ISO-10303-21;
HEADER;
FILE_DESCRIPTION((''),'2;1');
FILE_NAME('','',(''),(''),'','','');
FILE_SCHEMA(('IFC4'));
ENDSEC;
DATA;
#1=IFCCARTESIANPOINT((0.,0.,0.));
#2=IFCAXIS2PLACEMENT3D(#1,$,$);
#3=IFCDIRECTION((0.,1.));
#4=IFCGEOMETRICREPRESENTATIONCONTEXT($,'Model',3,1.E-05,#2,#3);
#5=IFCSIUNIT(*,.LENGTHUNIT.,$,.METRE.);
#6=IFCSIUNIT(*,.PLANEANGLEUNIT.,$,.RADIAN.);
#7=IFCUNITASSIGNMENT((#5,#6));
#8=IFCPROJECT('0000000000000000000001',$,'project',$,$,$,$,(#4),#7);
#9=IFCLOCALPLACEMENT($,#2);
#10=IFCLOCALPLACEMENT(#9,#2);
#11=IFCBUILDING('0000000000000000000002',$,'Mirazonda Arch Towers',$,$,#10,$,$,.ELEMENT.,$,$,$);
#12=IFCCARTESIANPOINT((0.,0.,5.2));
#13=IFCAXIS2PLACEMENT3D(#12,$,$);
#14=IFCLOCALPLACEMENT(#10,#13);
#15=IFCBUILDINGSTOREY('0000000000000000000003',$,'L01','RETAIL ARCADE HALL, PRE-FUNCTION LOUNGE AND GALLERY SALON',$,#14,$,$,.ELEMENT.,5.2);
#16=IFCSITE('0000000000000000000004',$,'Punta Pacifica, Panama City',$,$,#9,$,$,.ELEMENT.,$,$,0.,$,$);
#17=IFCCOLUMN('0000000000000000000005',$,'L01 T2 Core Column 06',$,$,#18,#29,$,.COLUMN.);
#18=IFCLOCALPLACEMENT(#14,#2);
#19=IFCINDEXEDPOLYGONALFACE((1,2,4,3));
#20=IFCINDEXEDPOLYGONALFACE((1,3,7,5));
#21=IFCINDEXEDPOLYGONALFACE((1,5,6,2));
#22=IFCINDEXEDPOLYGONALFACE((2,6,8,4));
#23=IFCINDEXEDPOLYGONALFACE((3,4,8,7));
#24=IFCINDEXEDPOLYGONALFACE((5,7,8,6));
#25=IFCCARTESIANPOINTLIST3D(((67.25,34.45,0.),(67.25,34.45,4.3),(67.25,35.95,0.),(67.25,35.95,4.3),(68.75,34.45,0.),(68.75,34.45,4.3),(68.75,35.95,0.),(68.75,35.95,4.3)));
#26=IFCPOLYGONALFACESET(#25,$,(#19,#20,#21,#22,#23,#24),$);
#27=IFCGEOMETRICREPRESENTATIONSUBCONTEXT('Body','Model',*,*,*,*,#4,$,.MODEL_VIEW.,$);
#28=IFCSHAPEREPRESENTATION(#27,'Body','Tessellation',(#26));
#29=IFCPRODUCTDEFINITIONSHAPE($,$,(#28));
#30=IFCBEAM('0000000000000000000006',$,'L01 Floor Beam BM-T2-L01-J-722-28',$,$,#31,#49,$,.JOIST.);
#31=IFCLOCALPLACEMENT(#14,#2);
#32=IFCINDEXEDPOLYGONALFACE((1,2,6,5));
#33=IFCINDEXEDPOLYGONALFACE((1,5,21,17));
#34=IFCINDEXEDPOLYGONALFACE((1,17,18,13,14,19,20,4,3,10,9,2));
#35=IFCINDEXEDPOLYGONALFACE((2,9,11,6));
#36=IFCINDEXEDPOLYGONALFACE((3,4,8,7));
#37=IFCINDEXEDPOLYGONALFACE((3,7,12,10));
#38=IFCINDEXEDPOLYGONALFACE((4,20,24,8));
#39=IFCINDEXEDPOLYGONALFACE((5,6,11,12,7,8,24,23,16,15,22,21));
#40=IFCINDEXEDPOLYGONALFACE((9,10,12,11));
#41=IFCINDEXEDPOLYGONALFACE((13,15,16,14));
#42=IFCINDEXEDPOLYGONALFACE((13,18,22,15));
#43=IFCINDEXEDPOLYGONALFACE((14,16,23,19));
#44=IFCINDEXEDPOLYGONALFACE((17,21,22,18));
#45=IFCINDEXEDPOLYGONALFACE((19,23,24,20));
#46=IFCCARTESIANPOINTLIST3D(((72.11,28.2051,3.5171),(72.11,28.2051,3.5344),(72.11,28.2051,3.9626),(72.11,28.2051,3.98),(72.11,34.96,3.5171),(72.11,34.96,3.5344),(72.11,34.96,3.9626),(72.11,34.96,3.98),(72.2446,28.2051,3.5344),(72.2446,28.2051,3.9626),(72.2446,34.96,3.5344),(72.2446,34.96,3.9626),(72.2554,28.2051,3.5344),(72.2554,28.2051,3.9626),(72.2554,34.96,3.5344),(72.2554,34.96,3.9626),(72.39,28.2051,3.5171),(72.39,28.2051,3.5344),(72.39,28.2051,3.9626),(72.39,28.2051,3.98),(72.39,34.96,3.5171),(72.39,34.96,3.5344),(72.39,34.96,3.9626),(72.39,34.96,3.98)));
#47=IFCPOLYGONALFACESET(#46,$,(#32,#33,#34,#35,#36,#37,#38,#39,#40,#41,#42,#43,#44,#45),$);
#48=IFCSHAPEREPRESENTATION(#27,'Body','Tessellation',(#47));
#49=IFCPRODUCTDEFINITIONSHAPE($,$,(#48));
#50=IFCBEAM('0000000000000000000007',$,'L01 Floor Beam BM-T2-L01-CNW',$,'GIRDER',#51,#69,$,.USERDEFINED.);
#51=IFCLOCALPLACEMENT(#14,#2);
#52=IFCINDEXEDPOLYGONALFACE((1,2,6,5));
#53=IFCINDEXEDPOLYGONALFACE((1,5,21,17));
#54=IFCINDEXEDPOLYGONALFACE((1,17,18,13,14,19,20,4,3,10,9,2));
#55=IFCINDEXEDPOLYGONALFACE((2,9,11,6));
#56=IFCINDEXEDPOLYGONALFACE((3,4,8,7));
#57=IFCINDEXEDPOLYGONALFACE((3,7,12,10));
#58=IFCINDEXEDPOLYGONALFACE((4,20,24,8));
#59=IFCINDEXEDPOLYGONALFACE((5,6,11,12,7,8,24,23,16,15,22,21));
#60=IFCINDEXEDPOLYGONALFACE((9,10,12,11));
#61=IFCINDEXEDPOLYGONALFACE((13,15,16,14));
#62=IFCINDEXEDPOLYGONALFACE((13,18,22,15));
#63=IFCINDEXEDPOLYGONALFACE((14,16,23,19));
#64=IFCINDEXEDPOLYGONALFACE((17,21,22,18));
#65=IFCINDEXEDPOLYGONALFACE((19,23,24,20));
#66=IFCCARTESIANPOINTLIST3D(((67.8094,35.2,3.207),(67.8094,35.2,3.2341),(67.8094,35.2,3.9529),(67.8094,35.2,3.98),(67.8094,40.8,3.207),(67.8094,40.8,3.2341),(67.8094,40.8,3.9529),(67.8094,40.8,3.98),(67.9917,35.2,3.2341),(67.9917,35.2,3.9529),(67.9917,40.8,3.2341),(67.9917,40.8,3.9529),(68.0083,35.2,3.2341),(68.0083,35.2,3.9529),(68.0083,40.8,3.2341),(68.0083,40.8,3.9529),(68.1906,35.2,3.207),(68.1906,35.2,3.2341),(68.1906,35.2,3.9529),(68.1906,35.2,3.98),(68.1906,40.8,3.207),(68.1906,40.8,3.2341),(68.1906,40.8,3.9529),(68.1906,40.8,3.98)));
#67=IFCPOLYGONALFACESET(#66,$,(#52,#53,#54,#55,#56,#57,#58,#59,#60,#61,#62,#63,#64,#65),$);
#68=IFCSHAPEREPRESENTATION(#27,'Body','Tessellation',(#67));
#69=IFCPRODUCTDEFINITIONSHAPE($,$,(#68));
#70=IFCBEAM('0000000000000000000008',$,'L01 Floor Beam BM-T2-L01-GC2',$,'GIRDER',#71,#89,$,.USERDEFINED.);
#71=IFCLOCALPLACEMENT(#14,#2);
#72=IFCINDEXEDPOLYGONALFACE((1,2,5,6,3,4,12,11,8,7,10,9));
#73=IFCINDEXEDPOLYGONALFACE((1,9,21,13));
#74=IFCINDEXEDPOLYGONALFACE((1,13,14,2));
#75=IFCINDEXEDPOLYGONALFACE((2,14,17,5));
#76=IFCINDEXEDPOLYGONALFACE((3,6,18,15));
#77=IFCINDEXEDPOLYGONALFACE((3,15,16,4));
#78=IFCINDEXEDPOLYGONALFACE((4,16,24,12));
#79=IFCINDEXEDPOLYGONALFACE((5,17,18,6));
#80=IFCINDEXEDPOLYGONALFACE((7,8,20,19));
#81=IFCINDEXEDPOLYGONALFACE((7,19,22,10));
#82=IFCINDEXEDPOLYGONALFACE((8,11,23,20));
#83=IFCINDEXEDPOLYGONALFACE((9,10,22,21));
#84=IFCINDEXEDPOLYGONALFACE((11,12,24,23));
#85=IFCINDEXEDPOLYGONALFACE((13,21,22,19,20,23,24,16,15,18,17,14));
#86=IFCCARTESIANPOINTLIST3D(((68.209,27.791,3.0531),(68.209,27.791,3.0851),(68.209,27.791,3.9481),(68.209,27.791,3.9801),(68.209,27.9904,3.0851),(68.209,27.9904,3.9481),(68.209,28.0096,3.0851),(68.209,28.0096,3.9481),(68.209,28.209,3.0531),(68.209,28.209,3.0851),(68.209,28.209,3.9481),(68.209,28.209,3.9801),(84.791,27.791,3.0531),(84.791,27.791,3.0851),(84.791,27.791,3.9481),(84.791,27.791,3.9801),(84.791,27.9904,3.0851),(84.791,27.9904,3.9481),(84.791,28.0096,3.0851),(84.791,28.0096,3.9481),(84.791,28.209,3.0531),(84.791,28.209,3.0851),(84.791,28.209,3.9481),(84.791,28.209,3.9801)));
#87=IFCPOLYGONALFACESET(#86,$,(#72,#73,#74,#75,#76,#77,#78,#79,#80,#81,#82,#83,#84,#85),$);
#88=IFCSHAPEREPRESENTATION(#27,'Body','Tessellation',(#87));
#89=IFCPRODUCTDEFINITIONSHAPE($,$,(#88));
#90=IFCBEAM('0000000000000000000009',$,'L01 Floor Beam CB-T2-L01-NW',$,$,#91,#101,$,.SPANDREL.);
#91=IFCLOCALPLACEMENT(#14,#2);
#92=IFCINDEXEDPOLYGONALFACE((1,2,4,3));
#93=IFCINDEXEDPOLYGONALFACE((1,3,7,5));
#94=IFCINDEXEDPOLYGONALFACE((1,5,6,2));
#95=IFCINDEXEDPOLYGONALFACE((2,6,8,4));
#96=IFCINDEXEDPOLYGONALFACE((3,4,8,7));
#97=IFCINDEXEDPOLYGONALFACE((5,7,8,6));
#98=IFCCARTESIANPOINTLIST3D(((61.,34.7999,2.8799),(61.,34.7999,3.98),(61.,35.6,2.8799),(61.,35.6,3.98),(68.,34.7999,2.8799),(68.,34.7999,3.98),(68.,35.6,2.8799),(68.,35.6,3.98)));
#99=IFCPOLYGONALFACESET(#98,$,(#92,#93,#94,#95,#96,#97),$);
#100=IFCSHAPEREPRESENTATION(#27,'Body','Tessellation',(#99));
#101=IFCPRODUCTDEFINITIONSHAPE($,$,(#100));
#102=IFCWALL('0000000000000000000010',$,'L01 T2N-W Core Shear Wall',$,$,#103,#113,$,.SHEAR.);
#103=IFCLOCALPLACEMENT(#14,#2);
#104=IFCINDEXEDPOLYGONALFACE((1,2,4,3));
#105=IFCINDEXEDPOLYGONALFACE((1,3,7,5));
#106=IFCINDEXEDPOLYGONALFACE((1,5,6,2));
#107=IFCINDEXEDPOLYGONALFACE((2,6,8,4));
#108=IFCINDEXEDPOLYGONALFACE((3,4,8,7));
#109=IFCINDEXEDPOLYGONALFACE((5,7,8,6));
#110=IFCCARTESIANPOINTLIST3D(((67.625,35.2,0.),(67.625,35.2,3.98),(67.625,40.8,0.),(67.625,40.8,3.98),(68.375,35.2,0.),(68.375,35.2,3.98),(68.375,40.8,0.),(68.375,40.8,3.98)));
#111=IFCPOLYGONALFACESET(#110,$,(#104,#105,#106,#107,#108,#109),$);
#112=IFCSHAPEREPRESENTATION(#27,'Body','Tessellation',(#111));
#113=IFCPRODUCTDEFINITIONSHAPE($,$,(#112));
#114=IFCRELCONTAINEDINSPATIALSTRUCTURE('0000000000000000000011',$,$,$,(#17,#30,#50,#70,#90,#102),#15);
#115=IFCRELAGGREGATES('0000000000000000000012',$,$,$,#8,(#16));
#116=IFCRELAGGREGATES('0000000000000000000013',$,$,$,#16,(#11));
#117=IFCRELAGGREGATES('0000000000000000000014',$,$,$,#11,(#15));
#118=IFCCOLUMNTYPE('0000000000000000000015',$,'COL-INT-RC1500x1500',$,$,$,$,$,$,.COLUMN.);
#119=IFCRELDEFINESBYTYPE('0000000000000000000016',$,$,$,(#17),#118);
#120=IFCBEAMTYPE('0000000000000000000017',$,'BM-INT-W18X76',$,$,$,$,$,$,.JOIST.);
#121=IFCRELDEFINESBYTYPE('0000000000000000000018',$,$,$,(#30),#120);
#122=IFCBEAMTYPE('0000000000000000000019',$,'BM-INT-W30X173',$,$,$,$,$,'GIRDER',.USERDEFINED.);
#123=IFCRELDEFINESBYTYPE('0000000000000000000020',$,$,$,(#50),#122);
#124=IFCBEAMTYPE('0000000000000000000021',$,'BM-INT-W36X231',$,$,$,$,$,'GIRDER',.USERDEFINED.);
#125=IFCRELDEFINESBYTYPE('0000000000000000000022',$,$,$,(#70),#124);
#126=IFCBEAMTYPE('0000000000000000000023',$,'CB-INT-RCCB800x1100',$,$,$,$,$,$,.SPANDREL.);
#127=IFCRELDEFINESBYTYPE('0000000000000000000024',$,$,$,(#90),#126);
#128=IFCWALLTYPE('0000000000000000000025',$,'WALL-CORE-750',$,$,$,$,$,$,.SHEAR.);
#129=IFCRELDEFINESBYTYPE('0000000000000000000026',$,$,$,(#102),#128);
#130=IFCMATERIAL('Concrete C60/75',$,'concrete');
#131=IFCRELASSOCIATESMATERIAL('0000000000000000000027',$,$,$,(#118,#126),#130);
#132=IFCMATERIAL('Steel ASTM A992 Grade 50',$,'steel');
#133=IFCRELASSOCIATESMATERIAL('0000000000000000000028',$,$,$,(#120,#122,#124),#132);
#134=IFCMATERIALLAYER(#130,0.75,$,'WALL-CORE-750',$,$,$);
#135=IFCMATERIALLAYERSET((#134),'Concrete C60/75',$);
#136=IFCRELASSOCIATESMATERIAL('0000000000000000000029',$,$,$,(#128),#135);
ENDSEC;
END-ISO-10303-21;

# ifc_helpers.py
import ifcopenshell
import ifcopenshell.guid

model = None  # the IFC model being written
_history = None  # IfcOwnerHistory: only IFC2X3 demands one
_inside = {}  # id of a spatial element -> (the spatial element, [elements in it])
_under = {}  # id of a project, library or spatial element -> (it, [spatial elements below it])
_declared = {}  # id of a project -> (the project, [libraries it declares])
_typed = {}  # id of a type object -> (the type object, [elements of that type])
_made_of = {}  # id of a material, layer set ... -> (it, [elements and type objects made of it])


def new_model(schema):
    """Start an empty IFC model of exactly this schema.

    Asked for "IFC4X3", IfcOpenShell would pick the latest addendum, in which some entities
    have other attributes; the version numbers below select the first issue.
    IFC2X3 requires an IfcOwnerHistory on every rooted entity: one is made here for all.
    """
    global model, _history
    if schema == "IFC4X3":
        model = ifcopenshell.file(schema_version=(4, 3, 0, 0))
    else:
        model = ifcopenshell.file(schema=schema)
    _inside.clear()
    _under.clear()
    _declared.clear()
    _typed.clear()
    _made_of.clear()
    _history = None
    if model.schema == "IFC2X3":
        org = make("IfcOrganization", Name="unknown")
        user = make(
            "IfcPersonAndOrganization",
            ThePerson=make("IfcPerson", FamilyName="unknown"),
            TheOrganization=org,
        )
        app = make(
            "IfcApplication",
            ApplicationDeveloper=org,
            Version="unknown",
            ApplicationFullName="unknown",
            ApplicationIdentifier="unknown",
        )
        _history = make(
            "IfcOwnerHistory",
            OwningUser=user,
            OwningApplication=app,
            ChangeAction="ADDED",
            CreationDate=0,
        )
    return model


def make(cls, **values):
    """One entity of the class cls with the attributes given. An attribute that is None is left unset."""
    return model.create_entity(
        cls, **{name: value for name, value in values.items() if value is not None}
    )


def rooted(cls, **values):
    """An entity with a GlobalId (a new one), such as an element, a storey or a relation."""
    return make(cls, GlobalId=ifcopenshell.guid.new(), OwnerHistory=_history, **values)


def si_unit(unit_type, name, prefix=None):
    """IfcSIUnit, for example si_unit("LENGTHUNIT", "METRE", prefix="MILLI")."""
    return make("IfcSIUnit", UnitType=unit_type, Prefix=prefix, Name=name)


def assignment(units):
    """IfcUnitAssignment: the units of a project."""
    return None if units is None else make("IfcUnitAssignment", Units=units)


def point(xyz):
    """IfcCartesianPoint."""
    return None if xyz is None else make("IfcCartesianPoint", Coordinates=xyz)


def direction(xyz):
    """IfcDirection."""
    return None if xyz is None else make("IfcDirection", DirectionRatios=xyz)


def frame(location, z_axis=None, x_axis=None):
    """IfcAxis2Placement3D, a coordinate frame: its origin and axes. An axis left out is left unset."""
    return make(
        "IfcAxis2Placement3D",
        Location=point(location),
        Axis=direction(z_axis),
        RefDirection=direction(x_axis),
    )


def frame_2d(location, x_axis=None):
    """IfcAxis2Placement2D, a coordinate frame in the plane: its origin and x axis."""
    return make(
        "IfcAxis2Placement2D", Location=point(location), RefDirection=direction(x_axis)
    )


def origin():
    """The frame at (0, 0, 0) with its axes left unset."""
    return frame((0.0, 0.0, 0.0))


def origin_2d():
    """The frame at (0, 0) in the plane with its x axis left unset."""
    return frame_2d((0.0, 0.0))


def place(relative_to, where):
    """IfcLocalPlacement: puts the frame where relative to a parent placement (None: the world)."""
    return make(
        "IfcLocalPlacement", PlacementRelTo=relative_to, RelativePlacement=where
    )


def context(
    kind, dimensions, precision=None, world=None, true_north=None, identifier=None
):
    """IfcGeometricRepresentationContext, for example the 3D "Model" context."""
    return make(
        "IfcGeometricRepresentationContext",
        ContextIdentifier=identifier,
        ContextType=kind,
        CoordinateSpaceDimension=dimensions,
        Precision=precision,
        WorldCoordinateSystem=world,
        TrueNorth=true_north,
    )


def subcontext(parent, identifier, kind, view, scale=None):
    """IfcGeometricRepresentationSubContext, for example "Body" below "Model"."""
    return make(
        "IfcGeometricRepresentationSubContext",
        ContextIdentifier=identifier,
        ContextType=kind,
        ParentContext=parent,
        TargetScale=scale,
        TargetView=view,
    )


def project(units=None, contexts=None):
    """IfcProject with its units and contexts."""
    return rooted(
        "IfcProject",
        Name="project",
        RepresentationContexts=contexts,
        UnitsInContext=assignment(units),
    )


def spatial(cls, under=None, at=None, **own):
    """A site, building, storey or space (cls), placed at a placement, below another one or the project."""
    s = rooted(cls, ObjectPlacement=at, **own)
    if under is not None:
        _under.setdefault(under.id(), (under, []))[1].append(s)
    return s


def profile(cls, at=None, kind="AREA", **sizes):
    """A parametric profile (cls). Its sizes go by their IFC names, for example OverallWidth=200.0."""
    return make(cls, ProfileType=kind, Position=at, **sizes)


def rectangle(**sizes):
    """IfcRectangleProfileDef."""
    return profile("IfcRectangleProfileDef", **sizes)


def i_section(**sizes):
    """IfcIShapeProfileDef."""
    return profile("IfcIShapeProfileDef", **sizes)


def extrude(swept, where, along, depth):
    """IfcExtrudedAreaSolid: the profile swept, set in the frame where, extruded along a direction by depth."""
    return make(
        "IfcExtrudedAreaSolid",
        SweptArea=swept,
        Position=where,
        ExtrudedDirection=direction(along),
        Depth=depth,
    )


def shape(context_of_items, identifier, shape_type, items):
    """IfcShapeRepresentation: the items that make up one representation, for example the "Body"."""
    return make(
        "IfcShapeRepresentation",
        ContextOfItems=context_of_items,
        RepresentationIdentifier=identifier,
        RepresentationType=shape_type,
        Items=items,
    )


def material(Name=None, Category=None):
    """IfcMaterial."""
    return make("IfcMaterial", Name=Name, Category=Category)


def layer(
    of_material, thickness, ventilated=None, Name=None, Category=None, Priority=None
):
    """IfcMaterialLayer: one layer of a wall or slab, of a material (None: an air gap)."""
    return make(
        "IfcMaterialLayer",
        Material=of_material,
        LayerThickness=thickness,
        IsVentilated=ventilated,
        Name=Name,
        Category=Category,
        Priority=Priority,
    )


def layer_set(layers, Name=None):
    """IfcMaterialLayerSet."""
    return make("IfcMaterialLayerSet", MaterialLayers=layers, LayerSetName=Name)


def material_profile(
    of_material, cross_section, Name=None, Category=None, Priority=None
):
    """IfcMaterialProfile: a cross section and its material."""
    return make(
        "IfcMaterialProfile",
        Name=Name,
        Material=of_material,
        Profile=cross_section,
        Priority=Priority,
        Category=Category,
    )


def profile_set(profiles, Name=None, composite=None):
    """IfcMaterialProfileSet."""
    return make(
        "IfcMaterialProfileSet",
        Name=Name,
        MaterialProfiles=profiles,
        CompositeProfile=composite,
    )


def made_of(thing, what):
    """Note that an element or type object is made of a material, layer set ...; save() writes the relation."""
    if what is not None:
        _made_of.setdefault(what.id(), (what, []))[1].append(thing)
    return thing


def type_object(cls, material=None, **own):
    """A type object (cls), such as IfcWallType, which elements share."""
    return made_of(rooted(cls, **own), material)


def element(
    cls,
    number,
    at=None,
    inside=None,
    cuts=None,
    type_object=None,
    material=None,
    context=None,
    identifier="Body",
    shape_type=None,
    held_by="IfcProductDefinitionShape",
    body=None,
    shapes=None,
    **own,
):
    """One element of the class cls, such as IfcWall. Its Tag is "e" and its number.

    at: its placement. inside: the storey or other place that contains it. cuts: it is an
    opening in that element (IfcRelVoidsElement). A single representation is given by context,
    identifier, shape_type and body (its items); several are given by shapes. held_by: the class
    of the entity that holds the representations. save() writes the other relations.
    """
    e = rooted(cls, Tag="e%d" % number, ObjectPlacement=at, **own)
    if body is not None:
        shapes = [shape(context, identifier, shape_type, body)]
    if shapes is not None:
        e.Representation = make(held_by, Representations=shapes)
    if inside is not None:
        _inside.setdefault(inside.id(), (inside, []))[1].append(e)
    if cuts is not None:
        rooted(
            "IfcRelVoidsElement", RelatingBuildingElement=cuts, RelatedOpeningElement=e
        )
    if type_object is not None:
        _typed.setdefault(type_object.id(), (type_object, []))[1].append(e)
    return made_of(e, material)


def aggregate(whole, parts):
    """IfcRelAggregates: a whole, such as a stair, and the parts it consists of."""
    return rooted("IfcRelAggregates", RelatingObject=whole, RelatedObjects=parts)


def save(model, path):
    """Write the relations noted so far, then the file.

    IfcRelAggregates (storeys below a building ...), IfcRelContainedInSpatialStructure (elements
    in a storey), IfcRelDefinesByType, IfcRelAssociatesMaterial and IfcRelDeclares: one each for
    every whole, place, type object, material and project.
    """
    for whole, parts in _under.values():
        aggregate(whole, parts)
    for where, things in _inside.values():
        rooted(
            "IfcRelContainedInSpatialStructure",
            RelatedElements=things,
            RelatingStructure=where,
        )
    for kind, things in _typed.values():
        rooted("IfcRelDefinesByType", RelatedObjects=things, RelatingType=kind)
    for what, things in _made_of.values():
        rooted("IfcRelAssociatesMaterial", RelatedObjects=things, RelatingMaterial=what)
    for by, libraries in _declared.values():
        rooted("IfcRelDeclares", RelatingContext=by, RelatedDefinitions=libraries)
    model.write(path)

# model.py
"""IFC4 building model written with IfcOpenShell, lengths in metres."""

from ifc_helpers import new_model, si_unit, direction, frame, frame_2d, origin, origin_2d, place, context, subcontext, project, spatial, rectangle, i_section, extrude, material, layer, layer_set, material_profile, profile_set, type_object, element, save


model = new_model("IFC4")

# Units and contexts
model_context = context("Model", 3, precision=1e-05, world=origin(), true_north=direction((0.0, 1.0)))
body_context = subcontext(model_context, "Body", "Model", "MODEL_VIEW")
ifc_project = project(units=[si_unit("LENGTHUNIT", "METRE"), si_unit("PLANEANGLEUNIT", "RADIAN")], contexts=[model_context])

# Site, building, storey
site_placement = place(None, origin())
site = spatial("IfcSite", under=ifc_project, at=site_placement, Name="Punta Pacifica, Panama City", CompositionType="ELEMENT", RefElevation=0.0)
building_placement = place(site_placement, origin())
building = spatial("IfcBuilding", under=site, at=building_placement, Name="Mirazonda Arch Towers", CompositionType="ELEMENT")
storey_placement = place(building_placement, frame((0.0, 0.0, 5.2)))
storey = spatial("IfcBuildingStorey", under=building, at=storey_placement, Name="L01", Description="RETAIL ARCADE HALL, PRE-FUNCTION LOUNGE AND GALLERY SALON", CompositionType="ELEMENT", Elevation=5.2)

# Column
ifc_material_1 = material(Name="Concrete C60/75", Category="concrete")
ifc_material_profile_1 = material_profile(ifc_material_1, rectangle(XDim=1.5, YDim=1.5, at=origin_2d()), Name="RC1500x1500")
ifc_profile_set_1 = profile_set([ifc_material_profile_1], Name="Concrete C60/75")
column_type = type_object("IfcColumnType", Name="COL-INT-RC1500x1500", PredefinedType="COLUMN", material=ifc_profile_set_1)
column_placement = place(storey_placement, frame((68.0, 35.2, 0.0), z_axis=(0.0, 0.0, 1.0), x_axis=(1.0, 0.0, 0.0)))
element("IfcColumn", 1, at=column_placement, inside=storey, type_object=column_type, Name="L01 T2 Core Column 06", PredefinedType="COLUMN", context=body_context, shape_type="SweptSolid", body=[
    extrude(rectangle(XDim=1.5, YDim=1.5, at=origin_2d()), origin(), (0.0, 0.0, 1.0), 4.3),
])

# Beams
ifc_material_2 = material(Name="Steel ASTM A992 Grade 50", Category="steel")
ifc_material_profile_2 = material_profile(ifc_material_2, i_section(OverallWidth=0.28, OverallDepth=0.4629, WebThickness=0.0107, FlangeThickness=0.0173, at=origin_2d()), Name="W18X76")
ifc_profile_set_2 = profile_set([ifc_material_profile_2], Name="Steel ASTM A992 Grade 50")
beam_type_1 = type_object("IfcBeamType", Name="BM-INT-W18X76", PredefinedType="JOIST", material=ifc_profile_set_2)
beam_1_placement = place(storey_placement, frame((72.25, 28.2051, 3.7485), z_axis=(0.0, 1.0, 0.0), x_axis=(-1.0, 0.0, 0.0)))
element("IfcBeam", 2, at=beam_1_placement, inside=storey, type_object=beam_type_1, Name="L01 Floor Beam BM-T2-L01-J-722-28", PredefinedType="JOIST", context=body_context, shape_type="SweptSolid", body=[
    extrude(i_section(OverallWidth=0.28, OverallDepth=0.4629, WebThickness=0.0107, FlangeThickness=0.0173, at=origin_2d()), origin(), (0.0, 0.0, 1.0), 6.7549),
])
ifc_material_profile_3 = material_profile(ifc_material_2, i_section(OverallWidth=0.3811, OverallDepth=0.7729, WebThickness=0.0166, FlangeThickness=0.0271, at=origin_2d()), Name="W30X173")
ifc_profile_set_3 = profile_set([ifc_material_profile_3], Name="Steel ASTM A992 Grade 50")
beam_type_2 = type_object("IfcBeamType", Name="BM-INT-W30X173", ElementType="GIRDER", PredefinedType="USERDEFINED", material=ifc_profile_set_3)
beam_2_placement = place(storey_placement, frame((68.0, 35.2, 3.5935), z_axis=(0.0, 1.0, 0.0), x_axis=(-1.0, 0.0, 0.0)))
element("IfcBeam", 3, at=beam_2_placement, inside=storey, type_object=beam_type_2, Name="L01 Floor Beam BM-T2-L01-CNW", ObjectType="GIRDER", PredefinedType="USERDEFINED", context=body_context, shape_type="SweptSolid", body=[
    extrude(i_section(OverallWidth=0.3811, OverallDepth=0.7729, WebThickness=0.0166, FlangeThickness=0.0271, at=origin_2d()), origin(), (0.0, 0.0, 1.0), 5.6001),
])
ifc_material_profile_4 = material_profile(ifc_material_2, i_section(OverallWidth=0.418, OverallDepth=0.927, WebThickness=0.0193, FlangeThickness=0.032, at=origin_2d()), Name="W36X231")
ifc_profile_set_4 = profile_set([ifc_material_profile_4], Name="Steel ASTM A992 Grade 50")
beam_type_3 = type_object("IfcBeamType", Name="BM-INT-W36X231", ElementType="GIRDER", PredefinedType="USERDEFINED", material=ifc_profile_set_4)
beam_3_placement = place(storey_placement, frame((68.209, 28.0, 3.5166), z_axis=(1.0, 0.0, 0.0), x_axis=(0.0, 1.0, 0.0)))
element("IfcBeam", 4, at=beam_3_placement, inside=storey, type_object=beam_type_3, Name="L01 Floor Beam BM-T2-L01-GC2", ObjectType="GIRDER", PredefinedType="USERDEFINED", context=body_context, shape_type="SweptSolid", body=[
    extrude(i_section(OverallWidth=0.418, OverallDepth=0.927, WebThickness=0.0193, FlangeThickness=0.032, at=origin_2d()), origin(), (0.0, 0.0, 1.0), 16.582),
])
ifc_material_profile_5 = material_profile(ifc_material_1, rectangle(XDim=0.8, YDim=1.1001, at=origin_2d()), Name="RCCB800x1100")
ifc_profile_set_5 = profile_set([ifc_material_profile_5], Name="Concrete C60/75")
beam_type_4 = type_object("IfcBeamType", Name="CB-INT-RCCB800x1100", PredefinedType="SPANDREL", material=ifc_profile_set_5)
beam_4_placement = place(storey_placement, frame((61.0, 35.2, 3.4299), z_axis=(1.0, 0.0, 0.0), x_axis=(0.0, 1.0, 0.0)))
element("IfcBeam", 5, at=beam_4_placement, inside=storey, type_object=beam_type_4, Name="L01 Floor Beam CB-T2-L01-NW", PredefinedType="SPANDREL", context=body_context, shape_type="SweptSolid", body=[
    extrude(rectangle(XDim=0.8, YDim=1.1001, at=origin_2d()), origin(), (0.0, 0.0, 1.0), 7.0),
])

# Wall
ifc_layer_1 = layer(ifc_material_1, 0.75, Name="WALL-CORE-750")
ifc_layer_set_1 = layer_set([ifc_layer_1], Name="Concrete C60/75")
wall_type_1 = type_object("IfcWallType", Name="WALL-CORE-750", PredefinedType="SHEAR", material=ifc_layer_set_1)
wall_1_placement = place(storey_placement, frame((68.0, 35.2, 0.0), z_axis=(0.0, 0.0, 1.0), x_axis=(0.0, 1.0, 0.0)))
element("IfcWall", 6, at=wall_1_placement, inside=storey, type_object=wall_type_1, Name="L01 T2N-W Core Shear Wall", PredefinedType="SHEAR", context=body_context, shape_type="SweptSolid", body=[
    extrude(rectangle(XDim=5.6001, YDim=0.75, at=frame_2d((2.8, 0.0))), origin(), (0.0, 0.0, 1.0), 3.98),
])

save(model, "model.ifc")
